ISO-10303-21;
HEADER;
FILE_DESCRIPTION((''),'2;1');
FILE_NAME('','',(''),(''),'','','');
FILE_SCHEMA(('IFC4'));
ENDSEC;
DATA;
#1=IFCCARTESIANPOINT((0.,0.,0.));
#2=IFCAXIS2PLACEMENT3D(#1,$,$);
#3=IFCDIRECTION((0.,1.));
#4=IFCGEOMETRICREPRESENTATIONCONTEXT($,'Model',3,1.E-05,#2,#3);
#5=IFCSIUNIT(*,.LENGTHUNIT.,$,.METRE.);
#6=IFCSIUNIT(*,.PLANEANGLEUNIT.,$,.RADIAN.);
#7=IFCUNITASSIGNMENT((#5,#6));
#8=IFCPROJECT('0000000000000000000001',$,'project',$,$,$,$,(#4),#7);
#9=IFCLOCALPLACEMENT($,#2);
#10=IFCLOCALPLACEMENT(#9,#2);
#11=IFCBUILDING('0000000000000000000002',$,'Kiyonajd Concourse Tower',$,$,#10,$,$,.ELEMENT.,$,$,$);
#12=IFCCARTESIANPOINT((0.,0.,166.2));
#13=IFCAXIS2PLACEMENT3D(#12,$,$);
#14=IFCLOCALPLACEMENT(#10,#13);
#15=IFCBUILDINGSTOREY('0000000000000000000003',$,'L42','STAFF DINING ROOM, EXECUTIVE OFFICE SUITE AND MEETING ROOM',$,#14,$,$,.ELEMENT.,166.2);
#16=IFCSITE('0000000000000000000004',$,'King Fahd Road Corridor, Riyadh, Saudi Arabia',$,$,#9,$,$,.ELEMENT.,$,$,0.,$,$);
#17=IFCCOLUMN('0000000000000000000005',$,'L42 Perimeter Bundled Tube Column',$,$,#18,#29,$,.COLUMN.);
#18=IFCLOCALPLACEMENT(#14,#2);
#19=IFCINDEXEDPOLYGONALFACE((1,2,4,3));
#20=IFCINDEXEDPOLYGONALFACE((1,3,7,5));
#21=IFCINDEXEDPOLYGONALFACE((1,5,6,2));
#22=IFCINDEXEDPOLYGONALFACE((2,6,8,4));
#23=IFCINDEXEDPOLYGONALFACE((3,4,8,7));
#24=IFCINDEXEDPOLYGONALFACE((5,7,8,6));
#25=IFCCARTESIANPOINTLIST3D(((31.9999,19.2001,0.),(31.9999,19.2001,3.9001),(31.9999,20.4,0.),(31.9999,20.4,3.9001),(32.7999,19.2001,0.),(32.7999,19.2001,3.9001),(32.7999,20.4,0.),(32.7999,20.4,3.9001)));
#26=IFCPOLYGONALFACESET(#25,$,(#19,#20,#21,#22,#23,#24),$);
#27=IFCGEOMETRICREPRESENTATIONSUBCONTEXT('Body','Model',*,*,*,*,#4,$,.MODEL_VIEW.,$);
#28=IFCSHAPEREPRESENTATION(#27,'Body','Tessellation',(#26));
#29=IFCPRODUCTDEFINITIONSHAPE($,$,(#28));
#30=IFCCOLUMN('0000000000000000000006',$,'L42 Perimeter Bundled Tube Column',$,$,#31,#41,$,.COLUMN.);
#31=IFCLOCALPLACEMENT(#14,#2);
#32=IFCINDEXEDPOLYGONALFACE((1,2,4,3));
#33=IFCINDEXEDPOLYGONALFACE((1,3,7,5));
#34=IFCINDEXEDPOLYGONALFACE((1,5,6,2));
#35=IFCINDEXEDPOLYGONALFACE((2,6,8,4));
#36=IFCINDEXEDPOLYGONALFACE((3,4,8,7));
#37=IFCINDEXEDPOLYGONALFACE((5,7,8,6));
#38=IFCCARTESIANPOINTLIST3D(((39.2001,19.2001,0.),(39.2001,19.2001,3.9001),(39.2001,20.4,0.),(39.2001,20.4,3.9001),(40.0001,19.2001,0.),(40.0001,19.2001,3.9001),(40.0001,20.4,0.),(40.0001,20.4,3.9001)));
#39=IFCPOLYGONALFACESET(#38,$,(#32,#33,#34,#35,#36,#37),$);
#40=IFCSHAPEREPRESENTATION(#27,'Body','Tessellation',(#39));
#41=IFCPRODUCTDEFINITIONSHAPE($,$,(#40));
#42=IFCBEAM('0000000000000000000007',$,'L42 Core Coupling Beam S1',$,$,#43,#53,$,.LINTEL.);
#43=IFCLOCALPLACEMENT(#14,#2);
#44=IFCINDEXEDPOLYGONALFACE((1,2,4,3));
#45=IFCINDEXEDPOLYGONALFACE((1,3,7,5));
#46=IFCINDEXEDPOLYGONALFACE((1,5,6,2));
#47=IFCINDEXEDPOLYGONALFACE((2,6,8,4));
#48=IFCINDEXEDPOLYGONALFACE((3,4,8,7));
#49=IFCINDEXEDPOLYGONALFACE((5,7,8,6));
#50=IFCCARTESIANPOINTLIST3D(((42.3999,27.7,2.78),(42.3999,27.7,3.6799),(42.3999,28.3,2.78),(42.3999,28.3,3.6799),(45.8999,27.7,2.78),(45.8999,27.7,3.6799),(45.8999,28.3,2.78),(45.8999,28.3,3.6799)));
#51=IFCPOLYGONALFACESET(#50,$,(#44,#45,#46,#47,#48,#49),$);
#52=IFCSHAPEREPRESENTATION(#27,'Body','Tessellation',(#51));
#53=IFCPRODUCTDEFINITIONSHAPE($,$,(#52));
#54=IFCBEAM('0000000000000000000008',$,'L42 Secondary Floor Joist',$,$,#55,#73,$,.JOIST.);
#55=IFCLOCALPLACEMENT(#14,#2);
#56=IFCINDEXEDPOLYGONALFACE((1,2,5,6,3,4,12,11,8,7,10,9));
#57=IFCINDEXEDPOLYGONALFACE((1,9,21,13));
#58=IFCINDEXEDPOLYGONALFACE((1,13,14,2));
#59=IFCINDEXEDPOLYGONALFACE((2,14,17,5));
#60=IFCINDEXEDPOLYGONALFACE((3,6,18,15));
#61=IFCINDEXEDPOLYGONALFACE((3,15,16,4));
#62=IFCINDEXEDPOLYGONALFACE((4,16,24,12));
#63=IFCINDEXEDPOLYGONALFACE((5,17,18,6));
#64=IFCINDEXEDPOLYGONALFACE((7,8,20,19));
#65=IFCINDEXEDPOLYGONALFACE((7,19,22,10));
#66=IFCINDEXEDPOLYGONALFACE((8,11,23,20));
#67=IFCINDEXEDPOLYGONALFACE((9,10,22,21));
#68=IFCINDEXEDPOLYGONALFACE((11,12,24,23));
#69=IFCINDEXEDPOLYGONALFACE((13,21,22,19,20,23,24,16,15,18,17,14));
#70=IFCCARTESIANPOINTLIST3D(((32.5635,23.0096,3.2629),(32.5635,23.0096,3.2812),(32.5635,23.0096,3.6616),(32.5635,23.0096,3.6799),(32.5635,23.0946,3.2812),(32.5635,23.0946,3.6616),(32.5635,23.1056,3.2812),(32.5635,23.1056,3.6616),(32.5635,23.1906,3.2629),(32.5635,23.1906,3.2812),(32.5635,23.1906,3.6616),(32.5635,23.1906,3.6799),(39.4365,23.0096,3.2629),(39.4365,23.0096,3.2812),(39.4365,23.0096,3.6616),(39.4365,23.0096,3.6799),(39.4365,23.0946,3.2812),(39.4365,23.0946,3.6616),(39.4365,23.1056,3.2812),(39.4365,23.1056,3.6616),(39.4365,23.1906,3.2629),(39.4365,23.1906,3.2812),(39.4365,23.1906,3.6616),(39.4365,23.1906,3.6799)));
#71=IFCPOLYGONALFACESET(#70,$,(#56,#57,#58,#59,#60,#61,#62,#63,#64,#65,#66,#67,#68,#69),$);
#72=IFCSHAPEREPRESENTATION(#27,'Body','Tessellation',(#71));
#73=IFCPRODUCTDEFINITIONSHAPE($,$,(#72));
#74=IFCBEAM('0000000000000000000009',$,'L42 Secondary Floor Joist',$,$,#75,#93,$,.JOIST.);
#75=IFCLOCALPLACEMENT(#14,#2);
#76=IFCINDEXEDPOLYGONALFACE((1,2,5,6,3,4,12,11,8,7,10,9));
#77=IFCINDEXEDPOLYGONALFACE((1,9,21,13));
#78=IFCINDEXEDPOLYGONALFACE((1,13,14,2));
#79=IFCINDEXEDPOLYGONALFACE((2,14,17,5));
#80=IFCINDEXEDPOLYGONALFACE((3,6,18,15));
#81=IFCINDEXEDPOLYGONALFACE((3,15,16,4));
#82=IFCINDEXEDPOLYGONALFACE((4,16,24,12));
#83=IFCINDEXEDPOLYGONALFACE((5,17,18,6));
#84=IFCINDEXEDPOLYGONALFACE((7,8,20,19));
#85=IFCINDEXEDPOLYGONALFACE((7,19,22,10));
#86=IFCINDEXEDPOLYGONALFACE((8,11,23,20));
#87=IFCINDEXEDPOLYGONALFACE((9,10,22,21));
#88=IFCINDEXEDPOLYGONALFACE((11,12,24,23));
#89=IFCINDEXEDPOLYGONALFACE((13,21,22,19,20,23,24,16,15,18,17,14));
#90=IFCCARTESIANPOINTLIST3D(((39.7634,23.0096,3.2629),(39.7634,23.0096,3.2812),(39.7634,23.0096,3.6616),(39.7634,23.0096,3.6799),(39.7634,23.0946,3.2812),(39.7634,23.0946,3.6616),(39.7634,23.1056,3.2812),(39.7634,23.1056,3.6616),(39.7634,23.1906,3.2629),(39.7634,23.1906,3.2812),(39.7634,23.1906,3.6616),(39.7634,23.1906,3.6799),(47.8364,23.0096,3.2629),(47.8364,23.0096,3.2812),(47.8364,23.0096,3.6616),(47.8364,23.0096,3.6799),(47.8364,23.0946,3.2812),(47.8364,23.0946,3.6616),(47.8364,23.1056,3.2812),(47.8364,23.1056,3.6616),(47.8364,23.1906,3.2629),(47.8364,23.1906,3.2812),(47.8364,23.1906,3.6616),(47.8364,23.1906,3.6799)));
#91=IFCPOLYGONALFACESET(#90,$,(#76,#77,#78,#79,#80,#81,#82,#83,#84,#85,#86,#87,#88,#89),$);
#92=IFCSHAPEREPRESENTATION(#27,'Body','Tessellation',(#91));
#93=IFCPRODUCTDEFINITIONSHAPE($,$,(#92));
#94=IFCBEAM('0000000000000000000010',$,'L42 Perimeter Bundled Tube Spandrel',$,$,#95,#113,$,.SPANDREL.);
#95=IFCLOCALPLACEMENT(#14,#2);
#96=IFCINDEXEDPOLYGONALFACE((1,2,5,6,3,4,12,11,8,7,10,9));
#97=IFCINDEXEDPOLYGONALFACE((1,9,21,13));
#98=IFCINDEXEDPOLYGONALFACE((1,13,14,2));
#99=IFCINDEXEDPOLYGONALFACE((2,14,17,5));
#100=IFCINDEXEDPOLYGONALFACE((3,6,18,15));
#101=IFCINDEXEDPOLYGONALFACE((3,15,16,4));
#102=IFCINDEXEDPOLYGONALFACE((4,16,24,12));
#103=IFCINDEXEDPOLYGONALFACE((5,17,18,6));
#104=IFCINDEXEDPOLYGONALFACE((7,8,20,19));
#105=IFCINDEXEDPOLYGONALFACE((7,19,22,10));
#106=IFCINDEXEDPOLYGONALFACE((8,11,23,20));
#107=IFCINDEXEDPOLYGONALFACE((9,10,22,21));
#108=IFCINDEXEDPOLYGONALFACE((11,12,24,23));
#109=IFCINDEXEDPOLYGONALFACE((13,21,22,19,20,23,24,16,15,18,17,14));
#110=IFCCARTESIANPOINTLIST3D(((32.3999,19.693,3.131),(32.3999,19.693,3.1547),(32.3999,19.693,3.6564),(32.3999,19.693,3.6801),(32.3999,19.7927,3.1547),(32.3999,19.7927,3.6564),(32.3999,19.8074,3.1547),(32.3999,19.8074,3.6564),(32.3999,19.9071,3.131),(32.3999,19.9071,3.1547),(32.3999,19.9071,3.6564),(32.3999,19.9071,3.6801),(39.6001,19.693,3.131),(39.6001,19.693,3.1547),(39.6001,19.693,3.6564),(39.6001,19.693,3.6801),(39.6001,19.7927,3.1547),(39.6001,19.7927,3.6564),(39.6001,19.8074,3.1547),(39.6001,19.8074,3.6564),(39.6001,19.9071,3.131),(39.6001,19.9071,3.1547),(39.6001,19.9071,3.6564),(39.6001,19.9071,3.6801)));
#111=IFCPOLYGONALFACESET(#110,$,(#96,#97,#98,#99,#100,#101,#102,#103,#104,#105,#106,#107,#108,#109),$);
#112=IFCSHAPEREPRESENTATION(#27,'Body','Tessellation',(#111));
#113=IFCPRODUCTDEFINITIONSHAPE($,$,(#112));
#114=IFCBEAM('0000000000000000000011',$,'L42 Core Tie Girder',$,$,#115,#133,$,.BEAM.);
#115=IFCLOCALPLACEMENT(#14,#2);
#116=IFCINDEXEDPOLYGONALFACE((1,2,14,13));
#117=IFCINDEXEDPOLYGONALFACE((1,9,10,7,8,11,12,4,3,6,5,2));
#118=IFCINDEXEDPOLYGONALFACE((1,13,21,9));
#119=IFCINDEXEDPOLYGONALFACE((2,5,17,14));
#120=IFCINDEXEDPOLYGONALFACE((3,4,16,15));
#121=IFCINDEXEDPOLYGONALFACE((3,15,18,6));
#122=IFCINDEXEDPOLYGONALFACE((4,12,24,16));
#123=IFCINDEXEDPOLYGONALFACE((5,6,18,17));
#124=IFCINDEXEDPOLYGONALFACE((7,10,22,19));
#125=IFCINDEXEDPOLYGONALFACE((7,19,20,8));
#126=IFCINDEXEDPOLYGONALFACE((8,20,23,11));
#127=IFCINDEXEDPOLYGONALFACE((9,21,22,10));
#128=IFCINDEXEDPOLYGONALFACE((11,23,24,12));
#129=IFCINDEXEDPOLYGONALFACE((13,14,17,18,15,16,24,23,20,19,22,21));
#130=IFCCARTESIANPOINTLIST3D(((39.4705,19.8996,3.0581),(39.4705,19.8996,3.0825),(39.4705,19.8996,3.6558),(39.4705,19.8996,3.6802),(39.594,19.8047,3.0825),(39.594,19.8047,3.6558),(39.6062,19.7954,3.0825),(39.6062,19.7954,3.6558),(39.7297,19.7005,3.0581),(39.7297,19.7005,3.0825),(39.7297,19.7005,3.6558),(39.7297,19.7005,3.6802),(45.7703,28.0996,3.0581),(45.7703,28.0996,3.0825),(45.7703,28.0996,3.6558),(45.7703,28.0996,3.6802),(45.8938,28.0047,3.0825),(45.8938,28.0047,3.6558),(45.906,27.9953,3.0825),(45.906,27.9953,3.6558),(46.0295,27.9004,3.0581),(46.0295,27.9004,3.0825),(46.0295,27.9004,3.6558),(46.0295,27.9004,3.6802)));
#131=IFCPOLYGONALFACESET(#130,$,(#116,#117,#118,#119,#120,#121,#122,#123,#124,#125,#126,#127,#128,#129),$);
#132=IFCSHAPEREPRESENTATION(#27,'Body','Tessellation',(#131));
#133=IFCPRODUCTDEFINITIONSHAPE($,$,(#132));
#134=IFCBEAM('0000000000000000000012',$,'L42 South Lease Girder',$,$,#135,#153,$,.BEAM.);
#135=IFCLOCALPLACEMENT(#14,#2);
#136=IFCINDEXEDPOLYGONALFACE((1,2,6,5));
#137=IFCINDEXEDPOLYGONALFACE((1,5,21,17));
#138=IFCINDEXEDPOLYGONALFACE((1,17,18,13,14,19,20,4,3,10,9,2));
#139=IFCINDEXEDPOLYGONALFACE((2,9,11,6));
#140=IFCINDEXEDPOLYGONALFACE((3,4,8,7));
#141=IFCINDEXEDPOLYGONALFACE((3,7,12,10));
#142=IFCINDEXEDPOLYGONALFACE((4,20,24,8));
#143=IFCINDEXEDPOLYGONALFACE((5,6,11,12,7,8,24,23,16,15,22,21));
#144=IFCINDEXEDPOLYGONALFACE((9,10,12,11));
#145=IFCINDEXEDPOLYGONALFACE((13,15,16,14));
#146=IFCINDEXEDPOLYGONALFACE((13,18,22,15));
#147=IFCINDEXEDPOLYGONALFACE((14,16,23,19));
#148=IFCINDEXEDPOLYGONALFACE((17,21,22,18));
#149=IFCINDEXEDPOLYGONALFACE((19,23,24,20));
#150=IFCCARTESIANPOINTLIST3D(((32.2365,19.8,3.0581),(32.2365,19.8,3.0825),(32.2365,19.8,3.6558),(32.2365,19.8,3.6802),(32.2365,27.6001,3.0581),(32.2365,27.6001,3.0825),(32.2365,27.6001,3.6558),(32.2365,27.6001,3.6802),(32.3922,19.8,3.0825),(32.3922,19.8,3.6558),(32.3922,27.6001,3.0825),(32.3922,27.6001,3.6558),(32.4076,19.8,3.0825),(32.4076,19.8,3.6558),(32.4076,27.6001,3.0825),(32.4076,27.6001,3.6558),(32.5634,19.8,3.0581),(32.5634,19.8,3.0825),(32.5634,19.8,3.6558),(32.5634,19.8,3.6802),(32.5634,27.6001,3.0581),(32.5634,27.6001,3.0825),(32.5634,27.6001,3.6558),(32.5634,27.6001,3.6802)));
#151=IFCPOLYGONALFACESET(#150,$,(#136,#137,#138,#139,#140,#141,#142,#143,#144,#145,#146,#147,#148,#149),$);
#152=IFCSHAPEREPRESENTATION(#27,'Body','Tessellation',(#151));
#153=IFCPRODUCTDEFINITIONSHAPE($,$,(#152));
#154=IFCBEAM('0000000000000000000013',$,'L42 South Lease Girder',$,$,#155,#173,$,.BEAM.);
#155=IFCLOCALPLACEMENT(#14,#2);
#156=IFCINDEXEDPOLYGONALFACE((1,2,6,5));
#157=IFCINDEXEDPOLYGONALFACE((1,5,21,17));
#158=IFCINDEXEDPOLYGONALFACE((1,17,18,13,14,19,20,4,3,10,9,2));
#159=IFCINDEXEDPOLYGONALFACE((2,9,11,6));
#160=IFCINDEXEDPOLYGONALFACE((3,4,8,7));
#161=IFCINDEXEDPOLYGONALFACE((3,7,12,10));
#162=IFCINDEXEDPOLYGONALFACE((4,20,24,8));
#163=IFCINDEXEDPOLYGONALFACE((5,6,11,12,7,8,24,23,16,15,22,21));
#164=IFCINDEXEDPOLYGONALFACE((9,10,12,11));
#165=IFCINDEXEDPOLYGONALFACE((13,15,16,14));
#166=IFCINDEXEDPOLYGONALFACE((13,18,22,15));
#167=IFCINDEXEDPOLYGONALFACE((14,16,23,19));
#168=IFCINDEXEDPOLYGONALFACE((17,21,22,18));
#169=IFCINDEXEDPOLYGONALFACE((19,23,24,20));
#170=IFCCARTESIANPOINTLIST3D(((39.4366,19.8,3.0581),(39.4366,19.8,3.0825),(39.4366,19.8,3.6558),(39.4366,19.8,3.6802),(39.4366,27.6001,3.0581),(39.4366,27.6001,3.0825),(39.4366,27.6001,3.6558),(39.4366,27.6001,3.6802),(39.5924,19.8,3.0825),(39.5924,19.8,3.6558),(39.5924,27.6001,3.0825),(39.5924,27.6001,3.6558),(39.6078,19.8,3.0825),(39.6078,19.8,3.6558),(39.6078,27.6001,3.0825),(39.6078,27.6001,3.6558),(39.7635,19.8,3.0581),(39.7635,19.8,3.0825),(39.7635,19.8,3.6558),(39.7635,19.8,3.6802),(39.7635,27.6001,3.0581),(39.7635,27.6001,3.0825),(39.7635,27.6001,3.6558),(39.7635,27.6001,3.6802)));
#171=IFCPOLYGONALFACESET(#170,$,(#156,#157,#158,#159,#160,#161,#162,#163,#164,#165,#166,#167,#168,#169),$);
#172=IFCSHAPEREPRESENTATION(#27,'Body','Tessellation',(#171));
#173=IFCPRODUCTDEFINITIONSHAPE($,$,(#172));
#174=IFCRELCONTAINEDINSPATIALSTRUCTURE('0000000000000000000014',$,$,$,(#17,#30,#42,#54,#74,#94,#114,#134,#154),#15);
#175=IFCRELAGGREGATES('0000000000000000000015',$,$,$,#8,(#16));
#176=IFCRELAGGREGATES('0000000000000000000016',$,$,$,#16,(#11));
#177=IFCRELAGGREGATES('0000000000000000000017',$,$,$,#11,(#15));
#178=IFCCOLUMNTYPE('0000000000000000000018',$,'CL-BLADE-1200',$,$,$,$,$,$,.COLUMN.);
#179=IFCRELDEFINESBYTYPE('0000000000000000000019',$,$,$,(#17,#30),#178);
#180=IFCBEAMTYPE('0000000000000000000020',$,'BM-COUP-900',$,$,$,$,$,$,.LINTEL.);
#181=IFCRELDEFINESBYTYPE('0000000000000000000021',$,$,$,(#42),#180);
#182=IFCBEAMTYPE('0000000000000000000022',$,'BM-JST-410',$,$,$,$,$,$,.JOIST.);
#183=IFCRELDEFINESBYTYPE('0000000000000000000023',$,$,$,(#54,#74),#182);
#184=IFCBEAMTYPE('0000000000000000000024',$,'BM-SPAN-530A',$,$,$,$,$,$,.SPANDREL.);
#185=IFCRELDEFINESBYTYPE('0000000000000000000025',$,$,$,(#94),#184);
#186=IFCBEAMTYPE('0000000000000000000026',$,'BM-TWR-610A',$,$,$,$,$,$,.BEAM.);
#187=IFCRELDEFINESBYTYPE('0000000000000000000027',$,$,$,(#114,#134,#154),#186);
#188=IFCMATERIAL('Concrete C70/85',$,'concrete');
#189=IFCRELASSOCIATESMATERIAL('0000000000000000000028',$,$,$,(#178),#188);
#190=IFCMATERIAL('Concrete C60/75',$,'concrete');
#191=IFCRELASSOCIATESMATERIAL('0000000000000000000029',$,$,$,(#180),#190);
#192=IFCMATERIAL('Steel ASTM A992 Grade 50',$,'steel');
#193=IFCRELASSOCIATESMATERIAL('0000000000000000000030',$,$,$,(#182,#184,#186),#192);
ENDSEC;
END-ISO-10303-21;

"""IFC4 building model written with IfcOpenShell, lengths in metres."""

from ifc_helpers import new_model, si_unit, direction, frame, origin, origin_2d, place, context, subcontext, project, spatial, rectangle, i_section, extrude, material, material_profile, profile_set, type_object, element, save


model = new_model("IFC4")

# Units and contexts
model_context = context("Model", 3, precision=1e-05, world=origin(), true_north=direction((0.0, 1.0)))
body_context = subcontext(model_context, "Body", "Model", "MODEL_VIEW")
ifc_project = project(units=[si_unit("LENGTHUNIT", "METRE"), si_unit("PLANEANGLEUNIT", "RADIAN")], contexts=[model_context])

# Site, building, storey
site_placement = place(None, origin())
site = spatial("IfcSite", under=ifc_project, at=site_placement, Name="King Fahd Road Corridor, Riyadh, Saudi Arabia", CompositionType="ELEMENT", RefElevation=0.0)
building_placement = place(site_placement, origin())
building = spatial("IfcBuilding", under=site, at=building_placement, Name="Kiyonajd Concourse Tower", CompositionType="ELEMENT")
storey_placement = place(building_placement, frame((0.0, 0.0, 166.2)))
storey = spatial("IfcBuildingStorey", under=building, at=storey_placement, Name="L42", Description="STAFF DINING ROOM, EXECUTIVE OFFICE SUITE AND MEETING ROOM", CompositionType="ELEMENT", Elevation=166.2)

# Columns
ifc_material_1 = material(Name="Concrete C70/85", Category="concrete")
ifc_material_profile_1 = material_profile(ifc_material_1, rectangle(XDim=0.8, YDim=1.2, at=origin_2d()), Name="RC-1200x800")
ifc_profile_set_1 = profile_set([ifc_material_profile_1], Name="Concrete C70/85")
column_type = type_object("IfcColumnType", Name="CL-BLADE-1200", PredefinedType="COLUMN", material=ifc_profile_set_1)
for number, where, z_axis, x_axis, name in (
    (1, (32.3999, 19.8, 0.0), (0.0, 0.0, 1.0), (1.0, 0.0, 0.0), "L42 Perimeter Bundled Tube Column"),
    (2, (39.6001, 19.8, 0.0), (0.0, 0.0, 1.0), (1.0, 0.0, 0.0), "L42 Perimeter Bundled Tube Column"),
):
    element("IfcColumn", number, at=place(storey_placement, frame(where, z_axis=z_axis, x_axis=x_axis)), inside=storey, type_object=column_type, Name=name, PredefinedType="COLUMN", context=body_context, shape_type="SweptSolid", body=[
        extrude(rectangle(XDim=0.8, YDim=1.2, at=origin_2d()), origin(), (0.0, 0.0, 1.0), 3.9001),
    ])

# Beams
ifc_material_2 = material(Name="Concrete C60/75", Category="concrete")
ifc_material_profile_2 = material_profile(ifc_material_2, rectangle(XDim=0.6001, YDim=0.8999, at=origin_2d()), Name="RCBM-600x900")
ifc_profile_set_2 = profile_set([ifc_material_profile_2], Name="Concrete C60/75")
beam_type_1 = type_object("IfcBeamType", Name="BM-COUP-900", PredefinedType="LINTEL", material=ifc_profile_set_2)
beam_1_placement = place(storey_placement, frame((42.3999, 28.0, 3.23), z_axis=(1.0, 0.0, 0.0), x_axis=(0.0, 1.0, 0.0)))
element("IfcBeam", 3, at=beam_1_placement, inside=storey, type_object=beam_type_1, Name="L42 Core Coupling Beam S1", PredefinedType="LINTEL", context=body_context, shape_type="SweptSolid", body=[
    extrude(rectangle(XDim=0.6001, YDim=0.8999, at=origin_2d()), origin(), (0.0, 0.0, 1.0), 3.5),
])
ifc_material_3 = material(Name="Steel ASTM A992 Grade 50", Category="steel")
ifc_material_profile_3 = material_profile(ifc_material_3, i_section(OverallWidth=0.1809, OverallDepth=0.417, WebThickness=0.011, FlangeThickness=0.0183, at=origin_2d()), Name="W410X85")
ifc_profile_set_3 = profile_set([ifc_material_profile_3], Name="Steel ASTM A992 Grade 50")
beam_type_2 = type_object("IfcBeamType", Name="BM-JST-410", PredefinedType="JOIST", material=ifc_profile_set_3)
beam_2_placement = place(storey_placement, frame((32.5635, 23.1001, 3.4714), z_axis=(1.0, 0.0, 0.0), x_axis=(0.0, 1.0, 0.0)))
element("IfcBeam", 4, at=beam_2_placement, inside=storey, type_object=beam_type_2, Name="L42 Secondary Floor Joist", PredefinedType="JOIST", context=body_context, shape_type="SweptSolid", body=[
    extrude(i_section(OverallWidth=0.1809, OverallDepth=0.417, WebThickness=0.011, FlangeThickness=0.0183, at=origin_2d()), origin(), (0.0, 0.0, 1.0), 6.873),
])
beam_3_placement = place(storey_placement, frame((39.7634, 23.1001, 3.4714), z_axis=(1.0, 0.0, 0.0), x_axis=(0.0, 1.0, 0.0)))
element("IfcBeam", 5, at=beam_3_placement, inside=storey, type_object=beam_type_2, Name="L42 Secondary Floor Joist", PredefinedType="JOIST", context=body_context, shape_type="SweptSolid", body=[
    extrude(i_section(OverallWidth=0.1809, OverallDepth=0.417, WebThickness=0.011, FlangeThickness=0.0183, at=origin_2d()), origin(), (0.0, 0.0, 1.0), 8.073),
])
ifc_material_profile_4 = material_profile(ifc_material_3, i_section(OverallWidth=0.2141, OverallDepth=0.5491, WebThickness=0.0146, FlangeThickness=0.0237, at=origin_2d()), Name="W530X138")
ifc_profile_set_4 = profile_set([ifc_material_profile_4], Name="Steel ASTM A992 Grade 50")
beam_type_3 = type_object("IfcBeamType", Name="BM-SPAN-530A", PredefinedType="SPANDREL", material=ifc_profile_set_4)
beam_4_placement = place(storey_placement, frame((32.3999, 19.8, 3.4055), z_axis=(1.0, 0.0, 0.0), x_axis=(0.0, 1.0, 0.0)))
element("IfcBeam", 6, at=beam_4_placement, inside=storey, type_object=beam_type_3, Name="L42 Perimeter Bundled Tube Spandrel", PredefinedType="SPANDREL", context=body_context, shape_type="SweptSolid", body=[
    extrude(i_section(OverallWidth=0.2141, OverallDepth=0.5491, WebThickness=0.0146, FlangeThickness=0.0237, at=origin_2d()), origin(), (0.0, 0.0, 1.0), 7.2002),
])
ifc_material_profile_5 = material_profile(ifc_material_3, i_section(OverallWidth=0.3269, OverallDepth=0.6221, WebThickness=0.0154, FlangeThickness=0.0244, at=origin_2d()), Name="W610X195")
ifc_profile_set_5 = profile_set([ifc_material_profile_5], Name="Steel ASTM A992 Grade 50")
beam_type_4 = type_object("IfcBeamType", Name="BM-TWR-610A", PredefinedType="BEAM", material=ifc_profile_set_5)
beam_5_placement = place(storey_placement, frame((39.6001, 19.8, 3.3691), z_axis=(0.609234, 0.792991, 0.0), x_axis=(-0.792991, 0.609234, 0.0)))
element("IfcBeam", 7, at=beam_5_placement, inside=storey, type_object=beam_type_4, Name="L42 Core Tie Girder", PredefinedType="BEAM", context=body_context, shape_type="SweptSolid", body=[
    extrude(i_section(OverallWidth=0.3269, OverallDepth=0.6221, WebThickness=0.0154, FlangeThickness=0.0244, at=origin_2d()), origin(), (0.0, 0.0, 1.0), 10.3406),
])
for number, where, z_axis, x_axis, name in (
    (8, (32.3999, 19.8, 3.3691), (0.0, 1.0, 0.0), (-1.0, 0.0, 0.0), "L42 South Lease Girder"),
    (9, (39.6001, 19.8, 3.3691), (0.0, 1.0, 0.0), (-1.0, 0.0, 0.0), "L42 South Lease Girder"),
):
    element("IfcBeam", number, at=place(storey_placement, frame(where, z_axis=z_axis, x_axis=x_axis)), inside=storey, type_object=beam_type_4, Name=name, PredefinedType="BEAM", context=body_context, shape_type="SweptSolid", body=[
        extrude(i_section(OverallWidth=0.3269, OverallDepth=0.6221, WebThickness=0.0154, FlangeThickness=0.0244, at=origin_2d()), origin(), (0.0, 0.0, 1.0), 7.8),
    ])

save(model, "model.ifc")
